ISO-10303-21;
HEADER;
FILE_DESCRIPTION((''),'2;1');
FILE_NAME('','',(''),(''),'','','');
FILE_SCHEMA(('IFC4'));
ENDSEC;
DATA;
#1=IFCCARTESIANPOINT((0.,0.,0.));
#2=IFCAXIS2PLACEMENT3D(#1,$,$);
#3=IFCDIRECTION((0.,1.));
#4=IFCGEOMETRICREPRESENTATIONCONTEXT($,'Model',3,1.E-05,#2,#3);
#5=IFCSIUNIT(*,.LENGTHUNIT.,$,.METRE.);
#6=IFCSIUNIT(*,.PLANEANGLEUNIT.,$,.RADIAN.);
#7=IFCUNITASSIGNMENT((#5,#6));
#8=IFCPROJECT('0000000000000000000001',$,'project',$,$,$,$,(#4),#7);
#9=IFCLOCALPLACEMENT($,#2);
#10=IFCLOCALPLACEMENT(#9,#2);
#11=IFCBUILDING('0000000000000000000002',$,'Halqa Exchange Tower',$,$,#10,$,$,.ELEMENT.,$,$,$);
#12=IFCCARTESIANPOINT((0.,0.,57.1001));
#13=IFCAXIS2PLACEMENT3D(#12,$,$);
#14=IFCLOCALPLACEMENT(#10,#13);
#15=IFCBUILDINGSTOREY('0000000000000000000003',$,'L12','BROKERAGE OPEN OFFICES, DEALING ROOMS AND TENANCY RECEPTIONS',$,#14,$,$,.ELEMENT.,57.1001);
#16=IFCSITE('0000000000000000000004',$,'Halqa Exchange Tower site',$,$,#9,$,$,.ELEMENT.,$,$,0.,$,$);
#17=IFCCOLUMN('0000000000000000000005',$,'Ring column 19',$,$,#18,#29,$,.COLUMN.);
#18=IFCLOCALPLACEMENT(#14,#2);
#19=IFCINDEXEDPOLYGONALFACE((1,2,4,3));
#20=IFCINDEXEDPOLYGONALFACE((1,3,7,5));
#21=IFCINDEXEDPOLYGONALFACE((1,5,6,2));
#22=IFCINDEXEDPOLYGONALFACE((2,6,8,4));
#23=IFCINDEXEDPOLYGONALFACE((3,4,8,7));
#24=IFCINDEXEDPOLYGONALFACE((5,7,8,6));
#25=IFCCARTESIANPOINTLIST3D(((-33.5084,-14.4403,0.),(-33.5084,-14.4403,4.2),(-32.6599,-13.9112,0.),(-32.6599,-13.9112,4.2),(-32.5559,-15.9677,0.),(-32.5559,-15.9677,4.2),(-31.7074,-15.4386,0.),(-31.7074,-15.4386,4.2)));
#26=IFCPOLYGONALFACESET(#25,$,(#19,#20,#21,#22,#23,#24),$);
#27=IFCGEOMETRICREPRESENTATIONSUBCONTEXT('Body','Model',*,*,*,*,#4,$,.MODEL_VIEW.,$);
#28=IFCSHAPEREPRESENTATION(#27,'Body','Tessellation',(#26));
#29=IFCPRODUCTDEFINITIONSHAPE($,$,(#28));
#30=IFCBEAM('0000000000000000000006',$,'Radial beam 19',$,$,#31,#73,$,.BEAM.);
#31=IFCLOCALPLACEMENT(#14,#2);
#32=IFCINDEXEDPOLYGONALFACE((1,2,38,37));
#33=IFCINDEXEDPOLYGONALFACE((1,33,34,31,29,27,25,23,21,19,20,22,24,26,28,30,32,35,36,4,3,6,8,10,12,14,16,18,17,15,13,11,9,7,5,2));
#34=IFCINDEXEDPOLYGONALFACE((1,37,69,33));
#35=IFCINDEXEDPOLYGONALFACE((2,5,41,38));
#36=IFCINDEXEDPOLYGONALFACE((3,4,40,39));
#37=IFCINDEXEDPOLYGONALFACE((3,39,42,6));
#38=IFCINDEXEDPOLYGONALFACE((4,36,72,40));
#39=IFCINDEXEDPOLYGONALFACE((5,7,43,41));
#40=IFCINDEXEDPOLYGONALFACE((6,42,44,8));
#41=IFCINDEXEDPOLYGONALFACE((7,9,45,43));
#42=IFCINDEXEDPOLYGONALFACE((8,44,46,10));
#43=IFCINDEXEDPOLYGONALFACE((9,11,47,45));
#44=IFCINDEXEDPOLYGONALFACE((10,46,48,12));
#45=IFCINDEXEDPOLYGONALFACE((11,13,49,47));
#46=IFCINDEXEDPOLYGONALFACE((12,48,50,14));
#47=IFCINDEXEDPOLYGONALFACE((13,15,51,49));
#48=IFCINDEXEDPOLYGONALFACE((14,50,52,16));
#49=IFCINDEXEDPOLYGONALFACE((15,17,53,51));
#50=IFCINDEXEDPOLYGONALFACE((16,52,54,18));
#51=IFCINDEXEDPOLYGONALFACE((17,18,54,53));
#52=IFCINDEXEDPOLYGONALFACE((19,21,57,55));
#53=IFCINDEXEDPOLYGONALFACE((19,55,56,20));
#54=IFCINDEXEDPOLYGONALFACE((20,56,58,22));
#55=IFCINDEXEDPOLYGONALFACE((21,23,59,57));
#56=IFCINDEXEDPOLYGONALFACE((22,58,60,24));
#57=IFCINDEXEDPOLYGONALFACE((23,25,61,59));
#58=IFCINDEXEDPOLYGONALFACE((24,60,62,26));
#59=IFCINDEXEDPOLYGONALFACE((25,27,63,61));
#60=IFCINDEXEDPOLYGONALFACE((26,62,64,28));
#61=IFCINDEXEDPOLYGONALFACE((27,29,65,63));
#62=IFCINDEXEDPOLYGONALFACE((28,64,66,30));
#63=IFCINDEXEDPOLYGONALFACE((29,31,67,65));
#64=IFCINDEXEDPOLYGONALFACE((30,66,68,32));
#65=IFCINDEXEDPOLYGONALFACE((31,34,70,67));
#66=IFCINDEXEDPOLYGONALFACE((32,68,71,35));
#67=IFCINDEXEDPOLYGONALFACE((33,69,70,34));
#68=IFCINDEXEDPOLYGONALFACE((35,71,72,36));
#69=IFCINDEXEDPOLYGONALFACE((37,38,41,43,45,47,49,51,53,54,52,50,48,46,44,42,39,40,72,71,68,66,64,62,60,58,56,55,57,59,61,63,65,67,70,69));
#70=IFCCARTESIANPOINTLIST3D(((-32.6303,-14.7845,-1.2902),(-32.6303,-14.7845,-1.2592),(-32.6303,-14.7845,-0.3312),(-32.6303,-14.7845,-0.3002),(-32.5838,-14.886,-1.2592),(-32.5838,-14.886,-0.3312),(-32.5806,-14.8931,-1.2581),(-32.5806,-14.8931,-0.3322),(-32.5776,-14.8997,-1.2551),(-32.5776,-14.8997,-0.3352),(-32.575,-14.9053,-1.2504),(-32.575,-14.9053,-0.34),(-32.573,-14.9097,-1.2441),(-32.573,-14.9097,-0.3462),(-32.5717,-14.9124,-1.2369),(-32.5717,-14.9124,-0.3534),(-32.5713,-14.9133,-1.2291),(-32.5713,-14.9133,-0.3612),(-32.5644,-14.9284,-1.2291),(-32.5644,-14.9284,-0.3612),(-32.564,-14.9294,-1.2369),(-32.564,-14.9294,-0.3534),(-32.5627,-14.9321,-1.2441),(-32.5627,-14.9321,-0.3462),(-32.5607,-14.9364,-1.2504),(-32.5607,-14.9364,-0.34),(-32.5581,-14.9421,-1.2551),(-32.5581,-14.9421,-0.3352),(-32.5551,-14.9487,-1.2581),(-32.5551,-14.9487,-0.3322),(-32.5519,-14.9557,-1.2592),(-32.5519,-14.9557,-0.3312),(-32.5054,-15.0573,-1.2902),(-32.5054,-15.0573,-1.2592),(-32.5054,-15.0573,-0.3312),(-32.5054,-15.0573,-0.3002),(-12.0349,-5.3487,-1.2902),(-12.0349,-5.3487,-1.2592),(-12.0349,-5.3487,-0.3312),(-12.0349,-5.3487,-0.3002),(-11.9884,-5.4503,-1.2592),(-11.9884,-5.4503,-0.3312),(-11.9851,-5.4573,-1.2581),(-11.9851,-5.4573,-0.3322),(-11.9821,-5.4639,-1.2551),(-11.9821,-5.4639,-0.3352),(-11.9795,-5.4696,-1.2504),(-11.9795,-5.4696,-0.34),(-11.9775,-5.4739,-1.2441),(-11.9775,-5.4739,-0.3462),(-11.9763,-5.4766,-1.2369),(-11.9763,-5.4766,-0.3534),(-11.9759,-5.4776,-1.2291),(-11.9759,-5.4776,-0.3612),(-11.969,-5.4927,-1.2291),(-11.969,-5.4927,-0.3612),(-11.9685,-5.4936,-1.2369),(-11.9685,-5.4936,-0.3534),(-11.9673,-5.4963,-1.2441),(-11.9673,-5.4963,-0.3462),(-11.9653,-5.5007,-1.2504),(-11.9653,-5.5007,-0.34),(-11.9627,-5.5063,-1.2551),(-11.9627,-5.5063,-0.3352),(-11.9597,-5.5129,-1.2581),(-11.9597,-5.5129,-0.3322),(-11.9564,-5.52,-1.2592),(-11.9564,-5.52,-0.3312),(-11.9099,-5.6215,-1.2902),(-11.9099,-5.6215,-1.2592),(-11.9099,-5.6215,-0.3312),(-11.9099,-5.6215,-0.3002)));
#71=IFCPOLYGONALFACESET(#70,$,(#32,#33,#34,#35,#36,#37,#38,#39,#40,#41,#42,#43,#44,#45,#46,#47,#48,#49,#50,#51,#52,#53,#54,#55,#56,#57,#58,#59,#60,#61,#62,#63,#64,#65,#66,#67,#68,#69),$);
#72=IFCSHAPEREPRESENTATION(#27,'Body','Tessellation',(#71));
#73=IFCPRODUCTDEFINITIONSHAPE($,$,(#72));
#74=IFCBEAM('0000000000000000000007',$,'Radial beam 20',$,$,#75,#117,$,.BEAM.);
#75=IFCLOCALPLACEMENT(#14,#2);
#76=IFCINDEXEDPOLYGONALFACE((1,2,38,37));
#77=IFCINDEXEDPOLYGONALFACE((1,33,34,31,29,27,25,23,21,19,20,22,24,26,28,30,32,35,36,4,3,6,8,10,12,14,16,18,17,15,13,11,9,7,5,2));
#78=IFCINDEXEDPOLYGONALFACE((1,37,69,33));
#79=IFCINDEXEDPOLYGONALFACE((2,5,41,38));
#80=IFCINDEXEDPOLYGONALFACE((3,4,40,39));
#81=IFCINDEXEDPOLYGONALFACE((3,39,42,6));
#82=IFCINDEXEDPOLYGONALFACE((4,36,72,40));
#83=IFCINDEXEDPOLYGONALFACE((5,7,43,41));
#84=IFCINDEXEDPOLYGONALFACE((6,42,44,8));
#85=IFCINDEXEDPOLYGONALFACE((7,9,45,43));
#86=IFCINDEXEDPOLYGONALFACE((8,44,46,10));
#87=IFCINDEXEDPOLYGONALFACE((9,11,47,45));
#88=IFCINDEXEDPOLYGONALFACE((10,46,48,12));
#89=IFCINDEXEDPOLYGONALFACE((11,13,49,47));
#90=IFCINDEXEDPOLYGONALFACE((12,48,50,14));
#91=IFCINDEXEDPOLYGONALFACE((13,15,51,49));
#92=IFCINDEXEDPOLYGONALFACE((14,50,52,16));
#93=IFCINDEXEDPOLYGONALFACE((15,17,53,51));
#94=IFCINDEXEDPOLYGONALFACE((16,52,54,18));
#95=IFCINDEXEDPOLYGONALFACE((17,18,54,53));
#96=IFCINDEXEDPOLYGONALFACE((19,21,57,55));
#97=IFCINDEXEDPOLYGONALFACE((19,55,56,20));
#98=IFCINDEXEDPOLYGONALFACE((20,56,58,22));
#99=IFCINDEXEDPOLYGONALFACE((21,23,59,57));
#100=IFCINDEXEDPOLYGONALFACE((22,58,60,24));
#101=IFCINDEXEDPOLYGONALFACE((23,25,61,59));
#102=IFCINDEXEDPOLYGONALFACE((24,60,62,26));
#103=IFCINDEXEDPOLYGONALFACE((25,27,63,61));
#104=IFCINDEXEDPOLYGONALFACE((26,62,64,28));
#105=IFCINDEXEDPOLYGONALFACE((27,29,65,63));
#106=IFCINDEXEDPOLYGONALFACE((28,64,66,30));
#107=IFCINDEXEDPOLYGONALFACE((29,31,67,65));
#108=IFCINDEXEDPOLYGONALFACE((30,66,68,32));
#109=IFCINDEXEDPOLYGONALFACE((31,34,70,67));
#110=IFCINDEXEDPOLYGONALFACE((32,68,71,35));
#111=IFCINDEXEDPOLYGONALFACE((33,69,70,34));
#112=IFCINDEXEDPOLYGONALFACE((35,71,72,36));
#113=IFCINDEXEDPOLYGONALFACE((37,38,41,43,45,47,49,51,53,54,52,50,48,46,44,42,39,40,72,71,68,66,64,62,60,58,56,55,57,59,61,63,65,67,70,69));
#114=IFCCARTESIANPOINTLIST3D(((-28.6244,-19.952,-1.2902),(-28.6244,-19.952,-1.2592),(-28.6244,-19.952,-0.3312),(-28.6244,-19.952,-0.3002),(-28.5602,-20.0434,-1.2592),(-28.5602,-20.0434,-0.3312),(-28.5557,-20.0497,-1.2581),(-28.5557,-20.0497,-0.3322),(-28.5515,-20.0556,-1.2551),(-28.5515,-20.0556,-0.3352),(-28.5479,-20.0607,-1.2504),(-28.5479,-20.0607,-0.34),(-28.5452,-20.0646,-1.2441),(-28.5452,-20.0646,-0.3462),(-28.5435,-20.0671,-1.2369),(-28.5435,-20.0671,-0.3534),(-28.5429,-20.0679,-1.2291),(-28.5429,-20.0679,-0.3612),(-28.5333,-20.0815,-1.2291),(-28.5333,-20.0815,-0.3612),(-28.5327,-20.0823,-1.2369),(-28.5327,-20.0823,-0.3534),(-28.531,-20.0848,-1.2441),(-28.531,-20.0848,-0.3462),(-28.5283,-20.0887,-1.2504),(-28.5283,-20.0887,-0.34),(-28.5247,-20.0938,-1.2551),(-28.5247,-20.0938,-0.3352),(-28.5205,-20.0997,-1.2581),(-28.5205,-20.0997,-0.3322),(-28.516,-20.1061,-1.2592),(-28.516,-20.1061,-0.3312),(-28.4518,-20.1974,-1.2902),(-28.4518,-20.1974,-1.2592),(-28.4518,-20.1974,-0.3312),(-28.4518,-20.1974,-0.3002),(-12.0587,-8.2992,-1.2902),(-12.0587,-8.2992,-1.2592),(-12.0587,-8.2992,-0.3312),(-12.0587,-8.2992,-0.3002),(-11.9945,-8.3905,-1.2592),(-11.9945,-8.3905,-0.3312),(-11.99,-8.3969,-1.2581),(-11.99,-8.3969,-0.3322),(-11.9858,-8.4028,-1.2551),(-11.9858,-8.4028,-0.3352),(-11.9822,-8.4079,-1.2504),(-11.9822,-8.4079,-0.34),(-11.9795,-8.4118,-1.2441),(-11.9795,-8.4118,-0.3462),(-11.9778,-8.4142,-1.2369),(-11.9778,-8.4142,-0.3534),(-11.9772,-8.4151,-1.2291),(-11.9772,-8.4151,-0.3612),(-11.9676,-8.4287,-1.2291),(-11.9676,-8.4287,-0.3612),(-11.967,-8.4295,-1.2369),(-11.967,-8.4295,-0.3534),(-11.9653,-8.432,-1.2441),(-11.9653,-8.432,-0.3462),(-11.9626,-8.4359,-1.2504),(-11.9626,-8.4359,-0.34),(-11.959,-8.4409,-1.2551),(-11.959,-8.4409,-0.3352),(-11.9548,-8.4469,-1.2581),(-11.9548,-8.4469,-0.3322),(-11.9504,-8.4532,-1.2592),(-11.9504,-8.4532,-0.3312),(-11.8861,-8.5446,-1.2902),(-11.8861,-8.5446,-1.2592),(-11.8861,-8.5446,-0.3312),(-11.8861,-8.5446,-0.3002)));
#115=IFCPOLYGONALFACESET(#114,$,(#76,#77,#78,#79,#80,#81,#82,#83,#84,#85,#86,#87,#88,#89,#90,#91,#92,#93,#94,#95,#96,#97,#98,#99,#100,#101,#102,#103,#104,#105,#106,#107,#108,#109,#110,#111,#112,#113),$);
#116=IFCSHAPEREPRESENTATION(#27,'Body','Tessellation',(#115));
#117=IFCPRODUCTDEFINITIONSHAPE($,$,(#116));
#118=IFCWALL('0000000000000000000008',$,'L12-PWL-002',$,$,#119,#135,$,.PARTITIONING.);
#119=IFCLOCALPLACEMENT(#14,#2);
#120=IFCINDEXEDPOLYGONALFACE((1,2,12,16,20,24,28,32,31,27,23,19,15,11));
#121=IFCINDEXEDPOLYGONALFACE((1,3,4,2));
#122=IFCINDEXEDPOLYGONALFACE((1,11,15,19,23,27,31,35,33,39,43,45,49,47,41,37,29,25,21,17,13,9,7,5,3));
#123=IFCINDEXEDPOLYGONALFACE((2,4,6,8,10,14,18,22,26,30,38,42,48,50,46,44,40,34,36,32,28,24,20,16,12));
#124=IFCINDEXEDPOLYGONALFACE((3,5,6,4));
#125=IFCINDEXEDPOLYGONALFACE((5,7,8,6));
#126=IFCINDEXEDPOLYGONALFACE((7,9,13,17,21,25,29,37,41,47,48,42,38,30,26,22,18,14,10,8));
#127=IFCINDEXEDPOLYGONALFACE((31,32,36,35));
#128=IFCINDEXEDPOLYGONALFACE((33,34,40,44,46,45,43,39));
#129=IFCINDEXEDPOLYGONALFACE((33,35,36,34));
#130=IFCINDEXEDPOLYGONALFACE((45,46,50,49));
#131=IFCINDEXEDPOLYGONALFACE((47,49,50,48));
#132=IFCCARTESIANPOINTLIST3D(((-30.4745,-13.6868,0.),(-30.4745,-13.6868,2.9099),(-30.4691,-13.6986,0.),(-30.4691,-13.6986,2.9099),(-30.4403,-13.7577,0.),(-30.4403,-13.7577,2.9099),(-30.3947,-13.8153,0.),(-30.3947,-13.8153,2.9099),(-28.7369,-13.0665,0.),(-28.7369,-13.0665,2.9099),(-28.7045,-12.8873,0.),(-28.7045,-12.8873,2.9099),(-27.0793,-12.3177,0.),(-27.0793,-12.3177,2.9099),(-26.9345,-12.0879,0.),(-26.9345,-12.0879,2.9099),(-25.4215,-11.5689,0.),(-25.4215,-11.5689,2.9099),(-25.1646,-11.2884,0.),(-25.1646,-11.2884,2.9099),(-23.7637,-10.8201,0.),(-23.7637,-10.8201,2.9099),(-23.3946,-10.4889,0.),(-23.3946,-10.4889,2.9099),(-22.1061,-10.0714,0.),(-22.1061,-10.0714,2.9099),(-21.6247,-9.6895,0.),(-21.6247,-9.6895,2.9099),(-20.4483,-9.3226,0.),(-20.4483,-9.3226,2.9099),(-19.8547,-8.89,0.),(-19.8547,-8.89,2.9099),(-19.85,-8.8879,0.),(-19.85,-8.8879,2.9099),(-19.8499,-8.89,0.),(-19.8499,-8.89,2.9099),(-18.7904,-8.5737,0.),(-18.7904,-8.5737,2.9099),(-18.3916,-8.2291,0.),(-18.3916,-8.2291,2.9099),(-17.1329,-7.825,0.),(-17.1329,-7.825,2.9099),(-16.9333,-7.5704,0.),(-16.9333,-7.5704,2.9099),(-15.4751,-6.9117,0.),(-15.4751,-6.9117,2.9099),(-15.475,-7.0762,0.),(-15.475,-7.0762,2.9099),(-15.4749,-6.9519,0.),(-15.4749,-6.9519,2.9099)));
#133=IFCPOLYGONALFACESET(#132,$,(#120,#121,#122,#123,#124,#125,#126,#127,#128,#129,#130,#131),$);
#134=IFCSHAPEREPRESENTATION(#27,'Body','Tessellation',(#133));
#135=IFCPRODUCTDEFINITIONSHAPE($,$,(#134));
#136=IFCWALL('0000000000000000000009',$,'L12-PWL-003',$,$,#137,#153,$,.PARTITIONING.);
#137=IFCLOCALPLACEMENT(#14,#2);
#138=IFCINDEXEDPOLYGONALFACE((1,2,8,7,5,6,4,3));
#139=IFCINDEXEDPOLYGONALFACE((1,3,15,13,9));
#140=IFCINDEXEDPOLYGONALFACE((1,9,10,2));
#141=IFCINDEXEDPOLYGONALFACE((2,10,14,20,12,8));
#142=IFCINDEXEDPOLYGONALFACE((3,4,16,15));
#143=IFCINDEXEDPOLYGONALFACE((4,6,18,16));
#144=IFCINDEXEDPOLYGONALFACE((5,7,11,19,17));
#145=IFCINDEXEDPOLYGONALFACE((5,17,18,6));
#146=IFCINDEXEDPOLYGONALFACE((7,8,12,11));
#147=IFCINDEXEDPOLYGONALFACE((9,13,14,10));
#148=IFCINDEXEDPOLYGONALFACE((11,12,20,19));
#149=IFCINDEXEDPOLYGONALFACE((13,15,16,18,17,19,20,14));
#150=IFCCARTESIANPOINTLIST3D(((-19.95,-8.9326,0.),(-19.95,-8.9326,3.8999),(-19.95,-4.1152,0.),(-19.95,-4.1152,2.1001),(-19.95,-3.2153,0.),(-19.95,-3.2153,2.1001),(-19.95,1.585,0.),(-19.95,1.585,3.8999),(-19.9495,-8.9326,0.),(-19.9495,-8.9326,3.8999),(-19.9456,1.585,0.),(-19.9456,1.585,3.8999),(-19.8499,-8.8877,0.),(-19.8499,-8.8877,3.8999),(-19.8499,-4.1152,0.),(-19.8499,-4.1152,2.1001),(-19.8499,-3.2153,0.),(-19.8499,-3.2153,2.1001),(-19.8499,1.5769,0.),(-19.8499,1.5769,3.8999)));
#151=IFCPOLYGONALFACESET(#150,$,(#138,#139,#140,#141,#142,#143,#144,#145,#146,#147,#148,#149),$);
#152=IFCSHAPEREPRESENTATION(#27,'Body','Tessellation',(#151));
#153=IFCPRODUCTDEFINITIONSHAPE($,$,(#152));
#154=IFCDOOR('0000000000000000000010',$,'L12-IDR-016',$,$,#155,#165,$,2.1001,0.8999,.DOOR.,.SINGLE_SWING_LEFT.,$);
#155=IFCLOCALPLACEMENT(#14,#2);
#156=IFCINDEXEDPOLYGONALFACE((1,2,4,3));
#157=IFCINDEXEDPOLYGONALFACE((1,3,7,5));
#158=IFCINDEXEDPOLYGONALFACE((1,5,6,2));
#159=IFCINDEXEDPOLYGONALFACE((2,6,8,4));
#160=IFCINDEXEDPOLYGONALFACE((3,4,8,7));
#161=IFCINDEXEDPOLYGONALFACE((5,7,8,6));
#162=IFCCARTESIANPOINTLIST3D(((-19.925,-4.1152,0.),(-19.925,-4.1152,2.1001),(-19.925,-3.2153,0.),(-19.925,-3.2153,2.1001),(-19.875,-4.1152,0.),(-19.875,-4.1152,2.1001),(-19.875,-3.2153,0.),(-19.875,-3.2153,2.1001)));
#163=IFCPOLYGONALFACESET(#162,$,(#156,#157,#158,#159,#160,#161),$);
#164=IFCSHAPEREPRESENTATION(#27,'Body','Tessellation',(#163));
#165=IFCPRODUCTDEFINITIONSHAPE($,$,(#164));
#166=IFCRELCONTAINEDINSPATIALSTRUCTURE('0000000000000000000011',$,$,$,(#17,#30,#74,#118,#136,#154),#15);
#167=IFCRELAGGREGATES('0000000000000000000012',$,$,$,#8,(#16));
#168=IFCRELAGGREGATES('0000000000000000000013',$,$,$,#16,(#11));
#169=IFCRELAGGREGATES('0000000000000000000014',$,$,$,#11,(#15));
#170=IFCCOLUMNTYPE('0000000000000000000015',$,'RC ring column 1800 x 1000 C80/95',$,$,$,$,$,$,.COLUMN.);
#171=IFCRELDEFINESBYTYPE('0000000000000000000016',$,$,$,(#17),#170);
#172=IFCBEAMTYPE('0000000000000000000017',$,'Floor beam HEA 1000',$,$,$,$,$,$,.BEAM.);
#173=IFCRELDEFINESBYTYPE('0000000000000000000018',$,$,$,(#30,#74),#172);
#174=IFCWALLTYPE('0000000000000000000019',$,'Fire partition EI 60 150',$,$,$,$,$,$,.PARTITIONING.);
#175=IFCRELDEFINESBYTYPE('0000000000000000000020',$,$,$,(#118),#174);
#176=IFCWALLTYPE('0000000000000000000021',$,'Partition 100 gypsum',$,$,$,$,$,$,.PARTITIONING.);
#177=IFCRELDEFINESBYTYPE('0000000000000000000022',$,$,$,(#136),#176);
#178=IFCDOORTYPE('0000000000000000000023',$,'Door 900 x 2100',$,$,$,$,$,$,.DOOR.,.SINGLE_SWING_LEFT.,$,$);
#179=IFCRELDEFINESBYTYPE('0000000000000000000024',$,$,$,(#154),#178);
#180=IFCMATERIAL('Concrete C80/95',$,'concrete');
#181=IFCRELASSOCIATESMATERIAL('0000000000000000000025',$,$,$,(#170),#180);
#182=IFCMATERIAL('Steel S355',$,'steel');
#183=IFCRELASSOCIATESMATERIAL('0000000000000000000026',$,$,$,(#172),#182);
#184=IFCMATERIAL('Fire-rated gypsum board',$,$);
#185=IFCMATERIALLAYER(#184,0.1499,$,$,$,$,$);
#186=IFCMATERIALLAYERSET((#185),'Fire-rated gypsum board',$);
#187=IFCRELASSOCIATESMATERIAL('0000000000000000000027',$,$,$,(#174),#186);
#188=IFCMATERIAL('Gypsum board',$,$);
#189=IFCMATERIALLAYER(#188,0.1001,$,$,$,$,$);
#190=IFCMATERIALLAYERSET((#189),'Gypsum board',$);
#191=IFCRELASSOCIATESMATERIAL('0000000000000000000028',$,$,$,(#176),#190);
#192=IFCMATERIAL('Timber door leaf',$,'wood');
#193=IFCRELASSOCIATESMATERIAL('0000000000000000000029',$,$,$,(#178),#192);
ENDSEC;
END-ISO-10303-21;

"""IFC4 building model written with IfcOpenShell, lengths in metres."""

from ifc_helpers import new_model, si_unit, direction, frame, frame_2d, origin, origin_2d, place, context, subcontext, project, spatial, polyline, rectangle, i_section, outline, extrude, material, layer, layer_set, material_profile, profile_set, type_object, element, fill, save


model = new_model("IFC4")

# Units and contexts
model_context = context("Model", 3, precision=1e-05, world=origin(), true_north=direction((0.0, 1.0)))
body_context = subcontext(model_context, "Body", "Model", "MODEL_VIEW")
ifc_project = project(units=[si_unit("LENGTHUNIT", "METRE"), si_unit("PLANEANGLEUNIT", "RADIAN")], contexts=[model_context])

# Site, building, storey
site_placement = place(None, origin())
site = spatial("IfcSite", under=ifc_project, at=site_placement, Name="Halqa Exchange Tower site", CompositionType="ELEMENT", RefElevation=0.0)
building_placement = place(site_placement, origin())
building = spatial("IfcBuilding", under=site, at=building_placement, Name="Halqa Exchange Tower", CompositionType="ELEMENT")
storey_placement = place(building_placement, frame((0.0, 0.0, 57.1001)))
storey = spatial("IfcBuildingStorey", under=building, at=storey_placement, Name="L12", Description="BROKERAGE OPEN OFFICES, DEALING ROOMS AND TENANCY RECEPTIONS", CompositionType="ELEMENT", Elevation=57.1001)

# Column
ifc_material_1 = material(Name="Concrete C80/95", Category="concrete")
ifc_material_profile_1 = material_profile(ifc_material_1, rectangle(XDim=1.8, YDim=1.0, at=origin_2d()), Name="1800 x 1000")
ifc_profile_set_1 = profile_set([ifc_material_profile_1], Name="Concrete C80/95")
column_type = type_object("IfcColumnType", Name="RC ring column 1800 x 1000 C80/95", PredefinedType="COLUMN", material=ifc_profile_set_1)
column_placement = place(storey_placement, frame((-32.6079, -14.9395, 0.0), z_axis=(0.0, 0.0, 1.0), x_axis=(0.529139, -0.848535, 0.0)))
element("IfcColumn", 1, at=column_placement, inside=storey, type_object=column_type, Name="Ring column 19", PredefinedType="COLUMN", context=body_context, shape_type="SweptSolid", body=[
    extrude(rectangle(XDim=1.8, YDim=1.0, at=origin_2d()), origin(), (0.0, 0.0, 1.0), 4.2),
])

# Beams
ifc_material_2 = material(Name="Steel S355", Category="steel")
ifc_material_profile_2 = material_profile(ifc_material_2, i_section(OverallWidth=0.3, OverallDepth=0.99, WebThickness=0.0166, FlangeThickness=0.031, FilletRadius=0.03, at=origin_2d()), Name="HEA 1000")
ifc_profile_set_2 = profile_set([ifc_material_profile_2], Name="Steel S355")
beam_type = type_object("IfcBeamType", Name="Floor beam HEA 1000", PredefinedType="BEAM", material=ifc_profile_set_2)
beam_1_placement = place(storey_placement, frame((-11.9724, -5.4851, -0.7952), z_axis=(-0.909128, -0.416516, 0.0), x_axis=(0.416516, -0.909128, 0.0)))
element("IfcBeam", 2, at=beam_1_placement, inside=storey, type_object=beam_type, Name="Radial beam 19", PredefinedType="BEAM", context=body_context, shape_type="SweptSolid", body=[
    extrude(i_section(OverallWidth=0.3, OverallDepth=0.99, WebThickness=0.0166, FlangeThickness=0.031, FilletRadius=0.03, at=origin_2d()), origin(), (0.0, 0.0, 1.0), 22.6541),
])
beam_2_placement = place(storey_placement, frame((-11.9724, -8.4219, -0.7952), z_axis=(-0.817911, -0.575345, 0.0), x_axis=(0.575345, -0.817911, 0.0)))
element("IfcBeam", 3, at=beam_2_placement, inside=storey, type_object=beam_type, Name="Radial beam 20", PredefinedType="BEAM", context=body_context, shape_type="SweptSolid", body=[
    extrude(i_section(OverallWidth=0.3, OverallDepth=0.99, WebThickness=0.0166, FlangeThickness=0.031, FilletRadius=0.03, at=origin_2d()), origin(), (0.0, 0.0, 1.0), 20.2537),
])

# Wall
ifc_material_3 = material(Name="Fire-rated gypsum board")
ifc_layer_1 = layer(ifc_material_3, 0.1499)
ifc_layer_set_1 = layer_set([ifc_layer_1], Name="Fire-rated gypsum board")
wall_type_1 = type_object("IfcWallType", Name="Fire partition EI 60 150", PredefinedType="PARTITIONING", material=ifc_layer_set_1)
wall_1_placement = place(storey_placement, frame((-30.4436, -13.7551, 0.0), z_axis=(0.0, 0.0, 1.0), x_axis=(0.911344, 0.411646, 0.0)))
element("IfcWall", 4, at=wall_1_placement, inside=storey, type_object=wall_type_1, Name="L12-PWL-002", PredefinedType="PARTITIONING", context=body_context, shape_type="SweptSolid", body=[
    extrude(outline(polyline([(0.0198, -0.075), (1.8389, -0.075), (3.6577, -0.075), (5.4768, -0.075), (7.2959, -0.075), (9.1147, -0.075), (10.9338, -0.075), (12.7529, -0.075), (14.5718, -0.075), (16.3909, -0.075), (16.4421, 0.0383), (16.4421, 0.0383), (16.4585, 0.075), (14.8584, 0.075), (13.2583, 0.075), (11.658, 0.075), (11.6572, 0.073), (11.6528, 0.075), (9.7107, 0.075), (7.7686, 0.075), (5.8264, 0.075), (3.8843, 0.075), (1.9421, 0.075), (0.0, 0.075), (0.0, 0.062), (0.002, -0.0037), (0.0198, -0.075)])), origin(), (0.0, 0.0, 1.0), 2.9099),
])

# Wall, opening, door
ifc_material_4 = material(Name="Gypsum board")
ifc_layer_2 = layer(ifc_material_4, 0.1001)
ifc_layer_set_2 = layer_set([ifc_layer_2], Name="Gypsum board")
wall_type_2 = type_object("IfcWallType", Name="Partition 100 gypsum", PredefinedType="PARTITIONING", material=ifc_layer_set_2)
wall_2_placement = place(storey_placement, frame((-19.8999, -8.9326, 0.0), z_axis=(0.0, 0.0, 1.0), x_axis=(0.0, 1.0, 0.0)))
wall_2 = element("IfcWall", 5, at=wall_2_placement, inside=storey, type_object=wall_type_2, Name="L12-PWL-003", PredefinedType="PARTITIONING", context=body_context, shape_type="SweptSolid", body=[
    extrude(outline(polyline([(0.0449, -0.05), (1.7891, -0.05), (3.5332, -0.05), (5.2773, -0.05), (7.0212, -0.05), (8.7654, -0.05), (10.5095, -0.05), (10.5176, 0.0457), (10.5176, 0.05), (8.7646, 0.05), (7.0117, 0.05), (5.2588, 0.05), (3.5059, 0.05), (1.7529, 0.05), (0.0, 0.05), (0.0, 0.0496), (0.0449, -0.05)])), origin(), (0.0, 0.0, 1.0), 3.8999),
])
opening_1_placement = place(wall_2_placement, frame((4.8174, 0.0, 0.0)))
opening_1 = element("IfcOpeningElement", 6, at=opening_1_placement, cuts=wall_2, PredefinedType="OPENING", context=body_context, shape_type="SweptSolid", body=[
    extrude(rectangle(XDim=0.8999, YDim=2.1001, at=frame_2d((0.45, 1.05))), frame((0.0, 0.062, 0.0), z_axis=(0.0, -1.0, 0.0), x_axis=(1.0, 0.0, 0.0)), (0.0, 0.0, 1.0), 0.124),
])
ifc_material_5 = material(Name="Timber door leaf", Category="wood")
door_type_1 = type_object("IfcDoorType", Name="Door 900 x 2100", OperationType="SINGLE_SWING_LEFT", PredefinedType="DOOR", material=ifc_material_5)
door_1_placement = place(opening_1_placement, frame((0.8999, 0.0, 0.0), z_axis=(0.0, 0.0, 1.0), x_axis=(-1.0, 0.0, 0.0)))
door_1 = element("IfcDoor", 7, at=door_1_placement, inside=storey, type_object=door_type_1, Name="L12-IDR-016", OperationType="SINGLE_SWING_LEFT", OverallHeight=2.1001, OverallWidth=0.8999, PredefinedType="DOOR", context=body_context, shape_type="SweptSolid", body=[
    extrude(rectangle(XDim=0.8999, YDim=2.1001, at=frame_2d((0.45, 1.05))), frame((0.0, 0.0249, 0.0), z_axis=(0.0, -1.0, 0.0), x_axis=(1.0, 0.0, 0.0)), (0.0, 0.0, 1.0), 0.05),
])
fill(opening_1, door_1)

save(model, "model.ifc")
